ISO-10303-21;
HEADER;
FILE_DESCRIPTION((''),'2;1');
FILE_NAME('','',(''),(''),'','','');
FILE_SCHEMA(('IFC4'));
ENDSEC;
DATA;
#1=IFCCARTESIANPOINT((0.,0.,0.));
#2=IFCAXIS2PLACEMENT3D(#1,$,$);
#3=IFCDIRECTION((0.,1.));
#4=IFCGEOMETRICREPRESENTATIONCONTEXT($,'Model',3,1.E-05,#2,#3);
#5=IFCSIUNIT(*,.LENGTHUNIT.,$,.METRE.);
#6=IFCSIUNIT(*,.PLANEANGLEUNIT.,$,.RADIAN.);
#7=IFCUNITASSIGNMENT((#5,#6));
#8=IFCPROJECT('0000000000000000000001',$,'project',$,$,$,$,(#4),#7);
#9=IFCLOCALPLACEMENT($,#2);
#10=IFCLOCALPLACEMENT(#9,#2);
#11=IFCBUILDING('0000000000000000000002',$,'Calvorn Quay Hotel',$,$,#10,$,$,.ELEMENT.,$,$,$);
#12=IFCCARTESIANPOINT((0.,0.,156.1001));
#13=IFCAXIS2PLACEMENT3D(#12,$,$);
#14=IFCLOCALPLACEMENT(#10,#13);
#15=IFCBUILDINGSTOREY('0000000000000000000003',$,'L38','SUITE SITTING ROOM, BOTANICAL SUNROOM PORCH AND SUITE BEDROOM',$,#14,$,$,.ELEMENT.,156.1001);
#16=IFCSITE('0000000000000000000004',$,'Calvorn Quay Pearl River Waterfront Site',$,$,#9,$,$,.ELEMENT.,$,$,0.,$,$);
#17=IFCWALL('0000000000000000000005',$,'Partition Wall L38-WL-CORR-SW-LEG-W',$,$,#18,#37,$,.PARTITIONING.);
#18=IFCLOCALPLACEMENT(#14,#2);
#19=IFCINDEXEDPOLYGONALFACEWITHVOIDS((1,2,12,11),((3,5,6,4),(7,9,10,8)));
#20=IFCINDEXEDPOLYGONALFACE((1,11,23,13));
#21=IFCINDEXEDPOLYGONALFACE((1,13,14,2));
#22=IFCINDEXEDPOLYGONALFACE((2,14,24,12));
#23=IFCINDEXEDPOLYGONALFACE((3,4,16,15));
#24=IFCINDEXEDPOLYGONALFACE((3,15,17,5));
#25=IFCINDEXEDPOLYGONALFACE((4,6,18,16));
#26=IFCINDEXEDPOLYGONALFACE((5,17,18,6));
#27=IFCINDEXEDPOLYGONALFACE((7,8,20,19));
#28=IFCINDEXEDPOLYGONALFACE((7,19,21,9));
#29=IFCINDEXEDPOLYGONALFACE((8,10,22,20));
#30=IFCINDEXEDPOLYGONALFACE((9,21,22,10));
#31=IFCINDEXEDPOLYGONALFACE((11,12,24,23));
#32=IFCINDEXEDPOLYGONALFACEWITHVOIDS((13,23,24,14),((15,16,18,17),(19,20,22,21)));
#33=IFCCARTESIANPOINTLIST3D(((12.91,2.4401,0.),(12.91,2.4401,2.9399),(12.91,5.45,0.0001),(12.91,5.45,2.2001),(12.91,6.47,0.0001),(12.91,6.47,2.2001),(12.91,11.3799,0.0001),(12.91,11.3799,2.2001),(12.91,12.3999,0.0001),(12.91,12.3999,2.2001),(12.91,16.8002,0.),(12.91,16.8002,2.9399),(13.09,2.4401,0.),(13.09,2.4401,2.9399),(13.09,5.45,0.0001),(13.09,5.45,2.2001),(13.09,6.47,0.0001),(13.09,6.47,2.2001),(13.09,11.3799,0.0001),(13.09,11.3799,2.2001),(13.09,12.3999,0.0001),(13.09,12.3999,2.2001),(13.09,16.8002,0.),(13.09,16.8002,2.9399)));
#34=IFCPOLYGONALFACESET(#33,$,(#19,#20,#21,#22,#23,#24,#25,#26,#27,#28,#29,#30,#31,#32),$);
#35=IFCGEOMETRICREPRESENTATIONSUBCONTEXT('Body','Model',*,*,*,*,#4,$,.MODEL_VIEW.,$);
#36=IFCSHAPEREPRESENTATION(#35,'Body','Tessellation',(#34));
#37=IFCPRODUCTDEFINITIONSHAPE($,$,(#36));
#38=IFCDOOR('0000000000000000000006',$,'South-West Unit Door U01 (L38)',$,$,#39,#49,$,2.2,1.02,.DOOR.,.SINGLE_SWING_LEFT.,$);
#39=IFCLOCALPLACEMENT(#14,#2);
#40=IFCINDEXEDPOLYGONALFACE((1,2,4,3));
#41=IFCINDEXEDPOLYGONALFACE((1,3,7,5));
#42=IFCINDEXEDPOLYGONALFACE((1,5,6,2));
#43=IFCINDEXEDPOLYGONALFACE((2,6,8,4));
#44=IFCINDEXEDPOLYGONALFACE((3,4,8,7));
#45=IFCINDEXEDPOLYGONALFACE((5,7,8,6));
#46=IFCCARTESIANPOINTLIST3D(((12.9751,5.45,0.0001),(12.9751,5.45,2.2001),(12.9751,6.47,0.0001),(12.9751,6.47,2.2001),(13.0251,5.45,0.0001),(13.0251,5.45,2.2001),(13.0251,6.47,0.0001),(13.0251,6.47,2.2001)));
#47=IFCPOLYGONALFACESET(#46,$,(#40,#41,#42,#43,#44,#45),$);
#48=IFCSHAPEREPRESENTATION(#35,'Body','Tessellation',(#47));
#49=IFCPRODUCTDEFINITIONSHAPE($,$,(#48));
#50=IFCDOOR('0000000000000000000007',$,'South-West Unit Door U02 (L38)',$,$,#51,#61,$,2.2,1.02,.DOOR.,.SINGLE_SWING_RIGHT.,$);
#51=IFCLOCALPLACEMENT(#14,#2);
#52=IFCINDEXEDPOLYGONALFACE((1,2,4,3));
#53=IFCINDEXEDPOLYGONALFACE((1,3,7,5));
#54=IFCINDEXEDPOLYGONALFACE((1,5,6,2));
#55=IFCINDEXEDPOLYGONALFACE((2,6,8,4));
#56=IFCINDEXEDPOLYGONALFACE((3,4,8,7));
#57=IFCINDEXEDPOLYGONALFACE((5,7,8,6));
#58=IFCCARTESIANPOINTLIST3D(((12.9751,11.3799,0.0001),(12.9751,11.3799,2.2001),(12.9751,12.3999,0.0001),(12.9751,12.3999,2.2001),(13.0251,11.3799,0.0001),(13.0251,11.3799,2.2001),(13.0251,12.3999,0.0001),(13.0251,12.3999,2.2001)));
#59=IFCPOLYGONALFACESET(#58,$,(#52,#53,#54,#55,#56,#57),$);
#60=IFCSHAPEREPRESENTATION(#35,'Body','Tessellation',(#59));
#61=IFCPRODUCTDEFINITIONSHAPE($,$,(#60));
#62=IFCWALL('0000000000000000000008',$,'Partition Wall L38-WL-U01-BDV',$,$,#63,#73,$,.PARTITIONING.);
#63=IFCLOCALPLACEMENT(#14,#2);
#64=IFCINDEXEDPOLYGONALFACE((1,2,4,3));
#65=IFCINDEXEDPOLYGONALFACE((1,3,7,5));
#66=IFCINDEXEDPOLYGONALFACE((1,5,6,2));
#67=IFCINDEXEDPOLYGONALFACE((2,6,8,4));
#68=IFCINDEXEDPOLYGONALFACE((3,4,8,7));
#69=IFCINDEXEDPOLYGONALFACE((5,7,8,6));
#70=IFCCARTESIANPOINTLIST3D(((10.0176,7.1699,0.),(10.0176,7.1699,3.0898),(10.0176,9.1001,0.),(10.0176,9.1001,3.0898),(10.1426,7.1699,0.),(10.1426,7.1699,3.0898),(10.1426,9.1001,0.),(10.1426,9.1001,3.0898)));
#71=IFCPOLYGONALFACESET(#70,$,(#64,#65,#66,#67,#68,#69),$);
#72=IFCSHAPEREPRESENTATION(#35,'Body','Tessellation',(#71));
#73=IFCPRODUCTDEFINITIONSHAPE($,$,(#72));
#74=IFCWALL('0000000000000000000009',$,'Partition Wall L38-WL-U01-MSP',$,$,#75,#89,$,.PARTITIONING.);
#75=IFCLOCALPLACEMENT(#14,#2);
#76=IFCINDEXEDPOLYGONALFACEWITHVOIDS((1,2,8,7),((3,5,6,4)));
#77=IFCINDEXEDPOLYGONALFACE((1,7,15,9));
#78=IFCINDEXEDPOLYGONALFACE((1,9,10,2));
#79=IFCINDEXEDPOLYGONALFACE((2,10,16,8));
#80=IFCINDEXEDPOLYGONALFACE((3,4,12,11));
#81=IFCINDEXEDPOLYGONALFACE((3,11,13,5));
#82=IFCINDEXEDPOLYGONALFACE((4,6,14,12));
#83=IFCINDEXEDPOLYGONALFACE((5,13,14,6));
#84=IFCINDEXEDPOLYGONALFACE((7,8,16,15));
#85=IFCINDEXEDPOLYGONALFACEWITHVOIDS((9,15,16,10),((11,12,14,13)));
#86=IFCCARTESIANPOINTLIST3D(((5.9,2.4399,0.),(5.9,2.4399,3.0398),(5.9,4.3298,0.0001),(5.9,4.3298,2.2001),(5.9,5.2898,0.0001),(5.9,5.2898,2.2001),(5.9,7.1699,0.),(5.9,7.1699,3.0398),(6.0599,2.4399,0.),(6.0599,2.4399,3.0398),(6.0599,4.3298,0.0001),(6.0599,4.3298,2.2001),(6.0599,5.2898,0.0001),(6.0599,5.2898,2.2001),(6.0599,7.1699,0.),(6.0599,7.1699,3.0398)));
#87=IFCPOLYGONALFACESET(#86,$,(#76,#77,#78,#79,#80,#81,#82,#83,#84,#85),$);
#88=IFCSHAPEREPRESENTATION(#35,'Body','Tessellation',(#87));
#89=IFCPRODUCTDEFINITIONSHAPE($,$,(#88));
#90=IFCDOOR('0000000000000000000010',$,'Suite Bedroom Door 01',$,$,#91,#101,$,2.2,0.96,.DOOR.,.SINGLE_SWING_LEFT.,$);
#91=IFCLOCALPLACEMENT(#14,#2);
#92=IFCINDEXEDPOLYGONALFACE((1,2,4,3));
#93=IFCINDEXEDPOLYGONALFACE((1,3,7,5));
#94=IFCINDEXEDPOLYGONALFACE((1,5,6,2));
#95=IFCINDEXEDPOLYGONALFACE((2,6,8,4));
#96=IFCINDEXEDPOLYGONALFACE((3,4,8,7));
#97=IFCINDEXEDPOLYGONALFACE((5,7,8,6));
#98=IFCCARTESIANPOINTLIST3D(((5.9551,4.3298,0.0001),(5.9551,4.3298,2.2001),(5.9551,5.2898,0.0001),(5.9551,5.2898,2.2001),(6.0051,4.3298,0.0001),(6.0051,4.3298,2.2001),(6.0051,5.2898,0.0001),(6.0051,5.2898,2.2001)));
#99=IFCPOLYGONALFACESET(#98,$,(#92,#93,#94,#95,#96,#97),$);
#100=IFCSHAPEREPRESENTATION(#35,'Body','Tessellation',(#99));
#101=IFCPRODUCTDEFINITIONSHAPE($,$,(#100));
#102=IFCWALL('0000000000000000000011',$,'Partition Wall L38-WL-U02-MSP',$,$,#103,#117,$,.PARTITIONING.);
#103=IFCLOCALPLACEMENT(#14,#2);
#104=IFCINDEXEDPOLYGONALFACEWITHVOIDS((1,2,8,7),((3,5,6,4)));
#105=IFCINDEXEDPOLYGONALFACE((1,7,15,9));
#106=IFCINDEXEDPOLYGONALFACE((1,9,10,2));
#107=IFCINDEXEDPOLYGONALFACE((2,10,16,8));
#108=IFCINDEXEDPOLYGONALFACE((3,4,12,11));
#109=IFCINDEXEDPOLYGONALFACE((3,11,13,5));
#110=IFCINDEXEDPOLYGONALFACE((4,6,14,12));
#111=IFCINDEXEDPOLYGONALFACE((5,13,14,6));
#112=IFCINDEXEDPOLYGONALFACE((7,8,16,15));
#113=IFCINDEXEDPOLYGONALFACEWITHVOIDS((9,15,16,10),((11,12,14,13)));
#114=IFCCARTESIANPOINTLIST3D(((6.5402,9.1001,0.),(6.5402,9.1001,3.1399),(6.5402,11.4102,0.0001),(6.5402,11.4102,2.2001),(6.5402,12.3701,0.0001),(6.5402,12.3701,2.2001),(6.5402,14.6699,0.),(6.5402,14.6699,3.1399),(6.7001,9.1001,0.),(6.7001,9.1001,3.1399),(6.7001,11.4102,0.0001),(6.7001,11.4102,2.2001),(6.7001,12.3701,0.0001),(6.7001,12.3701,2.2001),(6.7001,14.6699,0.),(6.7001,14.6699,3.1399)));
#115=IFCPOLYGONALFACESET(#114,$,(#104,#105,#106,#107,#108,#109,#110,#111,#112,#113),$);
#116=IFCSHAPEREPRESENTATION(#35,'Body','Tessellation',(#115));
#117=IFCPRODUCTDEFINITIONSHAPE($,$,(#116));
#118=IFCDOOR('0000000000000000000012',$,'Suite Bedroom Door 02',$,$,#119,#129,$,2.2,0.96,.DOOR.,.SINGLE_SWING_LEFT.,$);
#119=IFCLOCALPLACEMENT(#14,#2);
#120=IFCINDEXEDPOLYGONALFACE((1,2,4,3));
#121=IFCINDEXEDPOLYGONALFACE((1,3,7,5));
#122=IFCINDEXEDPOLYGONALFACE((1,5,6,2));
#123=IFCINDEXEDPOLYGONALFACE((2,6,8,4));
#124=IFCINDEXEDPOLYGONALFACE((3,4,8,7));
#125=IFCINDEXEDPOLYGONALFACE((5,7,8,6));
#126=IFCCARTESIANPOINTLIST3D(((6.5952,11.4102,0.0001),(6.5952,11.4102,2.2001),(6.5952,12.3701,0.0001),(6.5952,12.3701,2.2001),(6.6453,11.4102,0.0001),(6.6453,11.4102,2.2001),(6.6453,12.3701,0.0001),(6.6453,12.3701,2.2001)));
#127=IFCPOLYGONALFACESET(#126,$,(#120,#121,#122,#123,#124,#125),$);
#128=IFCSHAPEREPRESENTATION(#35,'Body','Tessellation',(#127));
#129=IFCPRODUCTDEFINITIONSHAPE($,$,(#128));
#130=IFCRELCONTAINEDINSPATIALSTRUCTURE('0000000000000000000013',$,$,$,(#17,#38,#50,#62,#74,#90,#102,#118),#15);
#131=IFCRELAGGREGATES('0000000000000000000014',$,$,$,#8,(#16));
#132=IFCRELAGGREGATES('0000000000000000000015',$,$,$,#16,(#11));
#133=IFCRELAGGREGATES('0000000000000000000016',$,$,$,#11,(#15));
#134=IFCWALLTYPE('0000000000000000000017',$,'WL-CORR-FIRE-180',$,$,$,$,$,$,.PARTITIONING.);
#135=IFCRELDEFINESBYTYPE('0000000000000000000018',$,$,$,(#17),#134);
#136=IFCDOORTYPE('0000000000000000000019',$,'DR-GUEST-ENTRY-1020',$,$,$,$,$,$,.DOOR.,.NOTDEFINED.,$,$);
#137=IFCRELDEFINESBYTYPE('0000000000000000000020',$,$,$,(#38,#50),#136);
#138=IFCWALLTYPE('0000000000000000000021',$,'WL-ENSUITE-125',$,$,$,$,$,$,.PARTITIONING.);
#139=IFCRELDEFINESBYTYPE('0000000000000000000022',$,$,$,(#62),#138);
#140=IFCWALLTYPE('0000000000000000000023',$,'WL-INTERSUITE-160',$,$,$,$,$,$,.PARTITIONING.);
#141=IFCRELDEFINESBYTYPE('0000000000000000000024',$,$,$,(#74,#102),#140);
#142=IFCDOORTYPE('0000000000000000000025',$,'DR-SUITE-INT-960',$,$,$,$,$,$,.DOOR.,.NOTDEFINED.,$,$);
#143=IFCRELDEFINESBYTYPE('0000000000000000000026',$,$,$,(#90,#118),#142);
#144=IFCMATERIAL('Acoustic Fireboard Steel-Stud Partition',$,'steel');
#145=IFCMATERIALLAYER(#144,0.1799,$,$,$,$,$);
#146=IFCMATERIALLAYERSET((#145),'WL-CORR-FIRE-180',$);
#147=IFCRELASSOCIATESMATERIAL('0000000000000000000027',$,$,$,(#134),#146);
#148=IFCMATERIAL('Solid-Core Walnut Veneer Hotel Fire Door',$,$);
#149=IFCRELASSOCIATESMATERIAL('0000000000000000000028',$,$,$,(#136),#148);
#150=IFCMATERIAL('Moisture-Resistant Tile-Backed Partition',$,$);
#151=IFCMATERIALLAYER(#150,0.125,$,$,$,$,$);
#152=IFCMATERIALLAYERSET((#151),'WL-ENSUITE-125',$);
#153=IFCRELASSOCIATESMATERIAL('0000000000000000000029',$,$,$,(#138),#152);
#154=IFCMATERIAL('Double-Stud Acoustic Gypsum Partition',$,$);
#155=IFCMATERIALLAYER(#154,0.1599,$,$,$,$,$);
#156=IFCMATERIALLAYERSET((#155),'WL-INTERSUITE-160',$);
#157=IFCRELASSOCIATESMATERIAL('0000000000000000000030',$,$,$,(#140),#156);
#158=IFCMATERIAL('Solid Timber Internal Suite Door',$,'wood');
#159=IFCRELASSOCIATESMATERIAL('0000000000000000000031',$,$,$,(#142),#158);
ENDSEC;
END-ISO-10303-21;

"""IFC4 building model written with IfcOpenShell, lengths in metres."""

from ifc_helpers import new_model, si_unit, direction, frame, frame_2d, origin, place, context, subcontext, project, spatial, rectangle, extrude, material, layer, layer_set, type_object, element, fill, save


model = new_model("IFC4")

# Units and contexts
model_context = context("Model", 3, precision=1e-05, world=origin(), true_north=direction((0.0, 1.0)))
body_context = subcontext(model_context, "Body", "Model", "MODEL_VIEW")
ifc_project = project(units=[si_unit("LENGTHUNIT", "METRE"), si_unit("PLANEANGLEUNIT", "RADIAN")], contexts=[model_context])

# Site, building, storey
site_placement = place(None, origin())
site = spatial("IfcSite", under=ifc_project, at=site_placement, Name="Calvorn Quay Pearl River Waterfront Site", CompositionType="ELEMENT", RefElevation=0.0)
building_placement = place(site_placement, origin())
building = spatial("IfcBuilding", under=site, at=building_placement, Name="Calvorn Quay Hotel", CompositionType="ELEMENT")
storey_placement = place(building_placement, frame((0.0, 0.0, 156.1001)))
storey = spatial("IfcBuildingStorey", under=building, at=storey_placement, Name="L38", Description="SUITE SITTING ROOM, BOTANICAL SUNROOM PORCH AND SUITE BEDROOM", CompositionType="ELEMENT", Elevation=156.1001)

# Wall, openings, doors
ifc_material_1 = material(Name="Acoustic Fireboard Steel-Stud Partition", Category="steel")
ifc_layer_1 = layer(ifc_material_1, 0.1799)
ifc_layer_set_1 = layer_set([ifc_layer_1], Name="WL-CORR-FIRE-180")
wall_type_1 = type_object("IfcWallType", Name="WL-CORR-FIRE-180", PredefinedType="PARTITIONING", material=ifc_layer_set_1)
wall_1_placement = place(storey_placement, frame((13.0, 2.4399, 0.0), z_axis=(0.0, 0.0, 1.0), x_axis=(0.0, 1.0, 0.0)))
wall_1 = element("IfcWall", 1, at=wall_1_placement, inside=storey, type_object=wall_type_1, Name="Partition Wall L38-WL-CORR-SW-LEG-W", PredefinedType="PARTITIONING", context=body_context, shape_type="SweptSolid", body=[
    extrude(rectangle(XDim=14.3601, YDim=0.1799, at=frame_2d((7.1802, 0.0))), origin(), (0.0, 0.0, 1.0), 2.9399),
])
opening_1_placement = place(wall_1_placement, frame((3.01, 0.0, 0.0)))
opening_1 = element("IfcOpeningElement", 2, at=opening_1_placement, cuts=wall_1, PredefinedType="OPENING", context=body_context, shape_type="SweptSolid", body=[
    extrude(rectangle(XDim=1.02, YDim=2.2, at=frame_2d((0.51, 1.1001))), frame((0.0, 0.0999, 0.0), z_axis=(0.0, -1.0, 0.0), x_axis=(1.0, 0.0, 0.0)), (0.0, 0.0, 1.0), 0.2),
])
opening_2_placement = place(wall_1_placement, frame((8.9399, 0.0, 0.0)))
opening_2 = element("IfcOpeningElement", 3, at=opening_2_placement, cuts=wall_1, PredefinedType="OPENING", context=body_context, shape_type="SweptSolid", body=[
    extrude(rectangle(XDim=1.02, YDim=2.2, at=frame_2d((0.51, 1.1001))), frame((0.0, 0.0999, 0.0), z_axis=(0.0, -1.0, 0.0), x_axis=(1.0, 0.0, 0.0)), (0.0, 0.0, 1.0), 0.2),
])
ifc_material_2 = material(Name="Solid-Core Walnut Veneer Hotel Fire Door")
door_type_1 = type_object("IfcDoorType", Name="DR-GUEST-ENTRY-1020", OperationType="NOTDEFINED", PredefinedType="DOOR", material=ifc_material_2)
door_1_placement = place(opening_1_placement, origin())
door_1 = element("IfcDoor", 4, at=door_1_placement, inside=storey, type_object=door_type_1, Name="South-West Unit Door U01 (L38)", OperationType="SINGLE_SWING_LEFT", OverallHeight=2.2, OverallWidth=1.02, PredefinedType="DOOR", context=body_context, shape_type="SweptSolid", body=[
    extrude(rectangle(XDim=1.02, YDim=2.2, at=frame_2d((0.51, 1.1001))), frame((0.0, 0.0249, 0.0), z_axis=(0.0, -1.0, 0.0), x_axis=(1.0, 0.0, 0.0)), (0.0, 0.0, 1.0), 0.05),
])
fill(opening_1, door_1)
door_2_placement = place(opening_2_placement, origin())
door_2 = element("IfcDoor", 5, at=door_2_placement, inside=storey, type_object=door_type_1, Name="South-West Unit Door U02 (L38)", OperationType="SINGLE_SWING_RIGHT", OverallHeight=2.2, OverallWidth=1.02, PredefinedType="DOOR", context=body_context, shape_type="SweptSolid", body=[
    extrude(rectangle(XDim=1.02, YDim=2.2, at=frame_2d((0.51, 1.1001))), frame((0.0, 0.0249, 0.0), z_axis=(0.0, -1.0, 0.0), x_axis=(1.0, 0.0, 0.0)), (0.0, 0.0, 1.0), 0.05),
])
fill(opening_2, door_2)

# Wall
ifc_material_3 = material(Name="Moisture-Resistant Tile-Backed Partition")
ifc_layer_2 = layer(ifc_material_3, 0.125)
ifc_layer_set_2 = layer_set([ifc_layer_2], Name="WL-ENSUITE-125")
wall_type_2 = type_object("IfcWallType", Name="WL-ENSUITE-125", PredefinedType="PARTITIONING", material=ifc_layer_set_2)
wall_2_placement = place(storey_placement, frame((10.0801, 7.1699, 0.0), z_axis=(0.0, 0.0, 1.0), x_axis=(0.0, 1.0, 0.0)))
element("IfcWall", 6, at=wall_2_placement, inside=storey, type_object=wall_type_2, Name="Partition Wall L38-WL-U01-BDV", PredefinedType="PARTITIONING", context=body_context, shape_type="SweptSolid", body=[
    extrude(rectangle(XDim=1.9302, YDim=0.125, at=frame_2d((0.9651, 0.0))), origin(), (0.0, 0.0, 1.0), 3.0898),
])

# Walls, openings, doors
ifc_material_4 = material(Name="Double-Stud Acoustic Gypsum Partition")
ifc_layer_3 = layer(ifc_material_4, 0.1599)
ifc_layer_set_3 = layer_set([ifc_layer_3], Name="WL-INTERSUITE-160")
wall_type_3 = type_object("IfcWallType", Name="WL-INTERSUITE-160", PredefinedType="PARTITIONING", material=ifc_layer_set_3)
wall_3_placement = place(storey_placement, frame((5.98, 2.4399, 0.0), z_axis=(0.0, 0.0, 1.0), x_axis=(0.0, 1.0, 0.0)))
wall_3 = element("IfcWall", 7, at=wall_3_placement, inside=storey, type_object=wall_type_3, Name="Partition Wall L38-WL-U01-MSP", PredefinedType="PARTITIONING", context=body_context, shape_type="SweptSolid", body=[
    extrude(rectangle(XDim=4.73, YDim=0.1599, at=frame_2d((2.365, 0.0))), origin(), (0.0, 0.0, 1.0), 3.0398),
])
opening_3_placement = place(wall_3_placement, frame((1.8899, 0.0, 0.0)))
opening_3 = element("IfcOpeningElement", 8, at=opening_3_placement, cuts=wall_3, PredefinedType="OPENING", context=body_context, shape_type="SweptSolid", body=[
    extrude(rectangle(XDim=0.96, YDim=2.2, at=frame_2d((0.48, 1.1001))), frame((0.0, 0.0898, 0.0), z_axis=(0.0, -1.0, 0.0), x_axis=(1.0, 0.0, 0.0)), (0.0, 0.0, 1.0), 0.1799),
])
ifc_material_5 = material(Name="Solid Timber Internal Suite Door", Category="wood")
door_type_2 = type_object("IfcDoorType", Name="DR-SUITE-INT-960", OperationType="NOTDEFINED", PredefinedType="DOOR", material=ifc_material_5)
door_3_placement = place(opening_3_placement, origin())
door_3 = element("IfcDoor", 9, at=door_3_placement, inside=storey, type_object=door_type_2, Name="Suite Bedroom Door 01", OperationType="SINGLE_SWING_LEFT", OverallHeight=2.2, OverallWidth=0.96, PredefinedType="DOOR", context=body_context, shape_type="SweptSolid", body=[
    extrude(rectangle(XDim=0.96, YDim=2.2, at=frame_2d((0.48, 1.1001))), frame((0.0, 0.0249, 0.0), z_axis=(0.0, -1.0, 0.0), x_axis=(1.0, 0.0, 0.0)), (0.0, 0.0, 1.0), 0.05),
])
fill(opening_3, door_3)
wall_4_placement = place(storey_placement, frame((6.6201, 9.1001, 0.0), z_axis=(0.0, 0.0, 1.0), x_axis=(0.0, 1.0, 0.0)))
wall_4 = element("IfcWall", 10, at=wall_4_placement, inside=storey, type_object=wall_type_3, Name="Partition Wall L38-WL-U02-MSP", PredefinedType="PARTITIONING", context=body_context, shape_type="SweptSolid", body=[
    extrude(rectangle(XDim=5.5698, YDim=0.1599, at=frame_2d((2.7849, 0.0))), origin(), (0.0, 0.0, 1.0), 3.1399),
])
opening_4_placement = place(wall_4_placement, frame((2.3101, 0.0, 0.0)))
opening_4 = element("IfcOpeningElement", 11, at=opening_4_placement, cuts=wall_4, PredefinedType="OPENING", context=body_context, shape_type="SweptSolid", body=[
    extrude(rectangle(XDim=0.96, YDim=2.2, at=frame_2d((0.48, 1.1001))), frame((0.0, 0.0898, 0.0), z_axis=(0.0, -1.0, 0.0), x_axis=(1.0, 0.0, 0.0)), (0.0, 0.0, 1.0), 0.1799),
])
door_4_placement = place(opening_4_placement, origin())
door_4 = element("IfcDoor", 12, at=door_4_placement, inside=storey, type_object=door_type_2, Name="Suite Bedroom Door 02", OperationType="SINGLE_SWING_LEFT", OverallHeight=2.2, OverallWidth=0.96, PredefinedType="DOOR", context=body_context, shape_type="SweptSolid", body=[
    extrude(rectangle(XDim=0.96, YDim=2.2, at=frame_2d((0.48, 1.1001))), frame((0.0, 0.0249, 0.0), z_axis=(0.0, -1.0, 0.0), x_axis=(1.0, 0.0, 0.0)), (0.0, 0.0, 1.0), 0.05),
])
fill(opening_4, door_4)

save(model, "model.ifc")
